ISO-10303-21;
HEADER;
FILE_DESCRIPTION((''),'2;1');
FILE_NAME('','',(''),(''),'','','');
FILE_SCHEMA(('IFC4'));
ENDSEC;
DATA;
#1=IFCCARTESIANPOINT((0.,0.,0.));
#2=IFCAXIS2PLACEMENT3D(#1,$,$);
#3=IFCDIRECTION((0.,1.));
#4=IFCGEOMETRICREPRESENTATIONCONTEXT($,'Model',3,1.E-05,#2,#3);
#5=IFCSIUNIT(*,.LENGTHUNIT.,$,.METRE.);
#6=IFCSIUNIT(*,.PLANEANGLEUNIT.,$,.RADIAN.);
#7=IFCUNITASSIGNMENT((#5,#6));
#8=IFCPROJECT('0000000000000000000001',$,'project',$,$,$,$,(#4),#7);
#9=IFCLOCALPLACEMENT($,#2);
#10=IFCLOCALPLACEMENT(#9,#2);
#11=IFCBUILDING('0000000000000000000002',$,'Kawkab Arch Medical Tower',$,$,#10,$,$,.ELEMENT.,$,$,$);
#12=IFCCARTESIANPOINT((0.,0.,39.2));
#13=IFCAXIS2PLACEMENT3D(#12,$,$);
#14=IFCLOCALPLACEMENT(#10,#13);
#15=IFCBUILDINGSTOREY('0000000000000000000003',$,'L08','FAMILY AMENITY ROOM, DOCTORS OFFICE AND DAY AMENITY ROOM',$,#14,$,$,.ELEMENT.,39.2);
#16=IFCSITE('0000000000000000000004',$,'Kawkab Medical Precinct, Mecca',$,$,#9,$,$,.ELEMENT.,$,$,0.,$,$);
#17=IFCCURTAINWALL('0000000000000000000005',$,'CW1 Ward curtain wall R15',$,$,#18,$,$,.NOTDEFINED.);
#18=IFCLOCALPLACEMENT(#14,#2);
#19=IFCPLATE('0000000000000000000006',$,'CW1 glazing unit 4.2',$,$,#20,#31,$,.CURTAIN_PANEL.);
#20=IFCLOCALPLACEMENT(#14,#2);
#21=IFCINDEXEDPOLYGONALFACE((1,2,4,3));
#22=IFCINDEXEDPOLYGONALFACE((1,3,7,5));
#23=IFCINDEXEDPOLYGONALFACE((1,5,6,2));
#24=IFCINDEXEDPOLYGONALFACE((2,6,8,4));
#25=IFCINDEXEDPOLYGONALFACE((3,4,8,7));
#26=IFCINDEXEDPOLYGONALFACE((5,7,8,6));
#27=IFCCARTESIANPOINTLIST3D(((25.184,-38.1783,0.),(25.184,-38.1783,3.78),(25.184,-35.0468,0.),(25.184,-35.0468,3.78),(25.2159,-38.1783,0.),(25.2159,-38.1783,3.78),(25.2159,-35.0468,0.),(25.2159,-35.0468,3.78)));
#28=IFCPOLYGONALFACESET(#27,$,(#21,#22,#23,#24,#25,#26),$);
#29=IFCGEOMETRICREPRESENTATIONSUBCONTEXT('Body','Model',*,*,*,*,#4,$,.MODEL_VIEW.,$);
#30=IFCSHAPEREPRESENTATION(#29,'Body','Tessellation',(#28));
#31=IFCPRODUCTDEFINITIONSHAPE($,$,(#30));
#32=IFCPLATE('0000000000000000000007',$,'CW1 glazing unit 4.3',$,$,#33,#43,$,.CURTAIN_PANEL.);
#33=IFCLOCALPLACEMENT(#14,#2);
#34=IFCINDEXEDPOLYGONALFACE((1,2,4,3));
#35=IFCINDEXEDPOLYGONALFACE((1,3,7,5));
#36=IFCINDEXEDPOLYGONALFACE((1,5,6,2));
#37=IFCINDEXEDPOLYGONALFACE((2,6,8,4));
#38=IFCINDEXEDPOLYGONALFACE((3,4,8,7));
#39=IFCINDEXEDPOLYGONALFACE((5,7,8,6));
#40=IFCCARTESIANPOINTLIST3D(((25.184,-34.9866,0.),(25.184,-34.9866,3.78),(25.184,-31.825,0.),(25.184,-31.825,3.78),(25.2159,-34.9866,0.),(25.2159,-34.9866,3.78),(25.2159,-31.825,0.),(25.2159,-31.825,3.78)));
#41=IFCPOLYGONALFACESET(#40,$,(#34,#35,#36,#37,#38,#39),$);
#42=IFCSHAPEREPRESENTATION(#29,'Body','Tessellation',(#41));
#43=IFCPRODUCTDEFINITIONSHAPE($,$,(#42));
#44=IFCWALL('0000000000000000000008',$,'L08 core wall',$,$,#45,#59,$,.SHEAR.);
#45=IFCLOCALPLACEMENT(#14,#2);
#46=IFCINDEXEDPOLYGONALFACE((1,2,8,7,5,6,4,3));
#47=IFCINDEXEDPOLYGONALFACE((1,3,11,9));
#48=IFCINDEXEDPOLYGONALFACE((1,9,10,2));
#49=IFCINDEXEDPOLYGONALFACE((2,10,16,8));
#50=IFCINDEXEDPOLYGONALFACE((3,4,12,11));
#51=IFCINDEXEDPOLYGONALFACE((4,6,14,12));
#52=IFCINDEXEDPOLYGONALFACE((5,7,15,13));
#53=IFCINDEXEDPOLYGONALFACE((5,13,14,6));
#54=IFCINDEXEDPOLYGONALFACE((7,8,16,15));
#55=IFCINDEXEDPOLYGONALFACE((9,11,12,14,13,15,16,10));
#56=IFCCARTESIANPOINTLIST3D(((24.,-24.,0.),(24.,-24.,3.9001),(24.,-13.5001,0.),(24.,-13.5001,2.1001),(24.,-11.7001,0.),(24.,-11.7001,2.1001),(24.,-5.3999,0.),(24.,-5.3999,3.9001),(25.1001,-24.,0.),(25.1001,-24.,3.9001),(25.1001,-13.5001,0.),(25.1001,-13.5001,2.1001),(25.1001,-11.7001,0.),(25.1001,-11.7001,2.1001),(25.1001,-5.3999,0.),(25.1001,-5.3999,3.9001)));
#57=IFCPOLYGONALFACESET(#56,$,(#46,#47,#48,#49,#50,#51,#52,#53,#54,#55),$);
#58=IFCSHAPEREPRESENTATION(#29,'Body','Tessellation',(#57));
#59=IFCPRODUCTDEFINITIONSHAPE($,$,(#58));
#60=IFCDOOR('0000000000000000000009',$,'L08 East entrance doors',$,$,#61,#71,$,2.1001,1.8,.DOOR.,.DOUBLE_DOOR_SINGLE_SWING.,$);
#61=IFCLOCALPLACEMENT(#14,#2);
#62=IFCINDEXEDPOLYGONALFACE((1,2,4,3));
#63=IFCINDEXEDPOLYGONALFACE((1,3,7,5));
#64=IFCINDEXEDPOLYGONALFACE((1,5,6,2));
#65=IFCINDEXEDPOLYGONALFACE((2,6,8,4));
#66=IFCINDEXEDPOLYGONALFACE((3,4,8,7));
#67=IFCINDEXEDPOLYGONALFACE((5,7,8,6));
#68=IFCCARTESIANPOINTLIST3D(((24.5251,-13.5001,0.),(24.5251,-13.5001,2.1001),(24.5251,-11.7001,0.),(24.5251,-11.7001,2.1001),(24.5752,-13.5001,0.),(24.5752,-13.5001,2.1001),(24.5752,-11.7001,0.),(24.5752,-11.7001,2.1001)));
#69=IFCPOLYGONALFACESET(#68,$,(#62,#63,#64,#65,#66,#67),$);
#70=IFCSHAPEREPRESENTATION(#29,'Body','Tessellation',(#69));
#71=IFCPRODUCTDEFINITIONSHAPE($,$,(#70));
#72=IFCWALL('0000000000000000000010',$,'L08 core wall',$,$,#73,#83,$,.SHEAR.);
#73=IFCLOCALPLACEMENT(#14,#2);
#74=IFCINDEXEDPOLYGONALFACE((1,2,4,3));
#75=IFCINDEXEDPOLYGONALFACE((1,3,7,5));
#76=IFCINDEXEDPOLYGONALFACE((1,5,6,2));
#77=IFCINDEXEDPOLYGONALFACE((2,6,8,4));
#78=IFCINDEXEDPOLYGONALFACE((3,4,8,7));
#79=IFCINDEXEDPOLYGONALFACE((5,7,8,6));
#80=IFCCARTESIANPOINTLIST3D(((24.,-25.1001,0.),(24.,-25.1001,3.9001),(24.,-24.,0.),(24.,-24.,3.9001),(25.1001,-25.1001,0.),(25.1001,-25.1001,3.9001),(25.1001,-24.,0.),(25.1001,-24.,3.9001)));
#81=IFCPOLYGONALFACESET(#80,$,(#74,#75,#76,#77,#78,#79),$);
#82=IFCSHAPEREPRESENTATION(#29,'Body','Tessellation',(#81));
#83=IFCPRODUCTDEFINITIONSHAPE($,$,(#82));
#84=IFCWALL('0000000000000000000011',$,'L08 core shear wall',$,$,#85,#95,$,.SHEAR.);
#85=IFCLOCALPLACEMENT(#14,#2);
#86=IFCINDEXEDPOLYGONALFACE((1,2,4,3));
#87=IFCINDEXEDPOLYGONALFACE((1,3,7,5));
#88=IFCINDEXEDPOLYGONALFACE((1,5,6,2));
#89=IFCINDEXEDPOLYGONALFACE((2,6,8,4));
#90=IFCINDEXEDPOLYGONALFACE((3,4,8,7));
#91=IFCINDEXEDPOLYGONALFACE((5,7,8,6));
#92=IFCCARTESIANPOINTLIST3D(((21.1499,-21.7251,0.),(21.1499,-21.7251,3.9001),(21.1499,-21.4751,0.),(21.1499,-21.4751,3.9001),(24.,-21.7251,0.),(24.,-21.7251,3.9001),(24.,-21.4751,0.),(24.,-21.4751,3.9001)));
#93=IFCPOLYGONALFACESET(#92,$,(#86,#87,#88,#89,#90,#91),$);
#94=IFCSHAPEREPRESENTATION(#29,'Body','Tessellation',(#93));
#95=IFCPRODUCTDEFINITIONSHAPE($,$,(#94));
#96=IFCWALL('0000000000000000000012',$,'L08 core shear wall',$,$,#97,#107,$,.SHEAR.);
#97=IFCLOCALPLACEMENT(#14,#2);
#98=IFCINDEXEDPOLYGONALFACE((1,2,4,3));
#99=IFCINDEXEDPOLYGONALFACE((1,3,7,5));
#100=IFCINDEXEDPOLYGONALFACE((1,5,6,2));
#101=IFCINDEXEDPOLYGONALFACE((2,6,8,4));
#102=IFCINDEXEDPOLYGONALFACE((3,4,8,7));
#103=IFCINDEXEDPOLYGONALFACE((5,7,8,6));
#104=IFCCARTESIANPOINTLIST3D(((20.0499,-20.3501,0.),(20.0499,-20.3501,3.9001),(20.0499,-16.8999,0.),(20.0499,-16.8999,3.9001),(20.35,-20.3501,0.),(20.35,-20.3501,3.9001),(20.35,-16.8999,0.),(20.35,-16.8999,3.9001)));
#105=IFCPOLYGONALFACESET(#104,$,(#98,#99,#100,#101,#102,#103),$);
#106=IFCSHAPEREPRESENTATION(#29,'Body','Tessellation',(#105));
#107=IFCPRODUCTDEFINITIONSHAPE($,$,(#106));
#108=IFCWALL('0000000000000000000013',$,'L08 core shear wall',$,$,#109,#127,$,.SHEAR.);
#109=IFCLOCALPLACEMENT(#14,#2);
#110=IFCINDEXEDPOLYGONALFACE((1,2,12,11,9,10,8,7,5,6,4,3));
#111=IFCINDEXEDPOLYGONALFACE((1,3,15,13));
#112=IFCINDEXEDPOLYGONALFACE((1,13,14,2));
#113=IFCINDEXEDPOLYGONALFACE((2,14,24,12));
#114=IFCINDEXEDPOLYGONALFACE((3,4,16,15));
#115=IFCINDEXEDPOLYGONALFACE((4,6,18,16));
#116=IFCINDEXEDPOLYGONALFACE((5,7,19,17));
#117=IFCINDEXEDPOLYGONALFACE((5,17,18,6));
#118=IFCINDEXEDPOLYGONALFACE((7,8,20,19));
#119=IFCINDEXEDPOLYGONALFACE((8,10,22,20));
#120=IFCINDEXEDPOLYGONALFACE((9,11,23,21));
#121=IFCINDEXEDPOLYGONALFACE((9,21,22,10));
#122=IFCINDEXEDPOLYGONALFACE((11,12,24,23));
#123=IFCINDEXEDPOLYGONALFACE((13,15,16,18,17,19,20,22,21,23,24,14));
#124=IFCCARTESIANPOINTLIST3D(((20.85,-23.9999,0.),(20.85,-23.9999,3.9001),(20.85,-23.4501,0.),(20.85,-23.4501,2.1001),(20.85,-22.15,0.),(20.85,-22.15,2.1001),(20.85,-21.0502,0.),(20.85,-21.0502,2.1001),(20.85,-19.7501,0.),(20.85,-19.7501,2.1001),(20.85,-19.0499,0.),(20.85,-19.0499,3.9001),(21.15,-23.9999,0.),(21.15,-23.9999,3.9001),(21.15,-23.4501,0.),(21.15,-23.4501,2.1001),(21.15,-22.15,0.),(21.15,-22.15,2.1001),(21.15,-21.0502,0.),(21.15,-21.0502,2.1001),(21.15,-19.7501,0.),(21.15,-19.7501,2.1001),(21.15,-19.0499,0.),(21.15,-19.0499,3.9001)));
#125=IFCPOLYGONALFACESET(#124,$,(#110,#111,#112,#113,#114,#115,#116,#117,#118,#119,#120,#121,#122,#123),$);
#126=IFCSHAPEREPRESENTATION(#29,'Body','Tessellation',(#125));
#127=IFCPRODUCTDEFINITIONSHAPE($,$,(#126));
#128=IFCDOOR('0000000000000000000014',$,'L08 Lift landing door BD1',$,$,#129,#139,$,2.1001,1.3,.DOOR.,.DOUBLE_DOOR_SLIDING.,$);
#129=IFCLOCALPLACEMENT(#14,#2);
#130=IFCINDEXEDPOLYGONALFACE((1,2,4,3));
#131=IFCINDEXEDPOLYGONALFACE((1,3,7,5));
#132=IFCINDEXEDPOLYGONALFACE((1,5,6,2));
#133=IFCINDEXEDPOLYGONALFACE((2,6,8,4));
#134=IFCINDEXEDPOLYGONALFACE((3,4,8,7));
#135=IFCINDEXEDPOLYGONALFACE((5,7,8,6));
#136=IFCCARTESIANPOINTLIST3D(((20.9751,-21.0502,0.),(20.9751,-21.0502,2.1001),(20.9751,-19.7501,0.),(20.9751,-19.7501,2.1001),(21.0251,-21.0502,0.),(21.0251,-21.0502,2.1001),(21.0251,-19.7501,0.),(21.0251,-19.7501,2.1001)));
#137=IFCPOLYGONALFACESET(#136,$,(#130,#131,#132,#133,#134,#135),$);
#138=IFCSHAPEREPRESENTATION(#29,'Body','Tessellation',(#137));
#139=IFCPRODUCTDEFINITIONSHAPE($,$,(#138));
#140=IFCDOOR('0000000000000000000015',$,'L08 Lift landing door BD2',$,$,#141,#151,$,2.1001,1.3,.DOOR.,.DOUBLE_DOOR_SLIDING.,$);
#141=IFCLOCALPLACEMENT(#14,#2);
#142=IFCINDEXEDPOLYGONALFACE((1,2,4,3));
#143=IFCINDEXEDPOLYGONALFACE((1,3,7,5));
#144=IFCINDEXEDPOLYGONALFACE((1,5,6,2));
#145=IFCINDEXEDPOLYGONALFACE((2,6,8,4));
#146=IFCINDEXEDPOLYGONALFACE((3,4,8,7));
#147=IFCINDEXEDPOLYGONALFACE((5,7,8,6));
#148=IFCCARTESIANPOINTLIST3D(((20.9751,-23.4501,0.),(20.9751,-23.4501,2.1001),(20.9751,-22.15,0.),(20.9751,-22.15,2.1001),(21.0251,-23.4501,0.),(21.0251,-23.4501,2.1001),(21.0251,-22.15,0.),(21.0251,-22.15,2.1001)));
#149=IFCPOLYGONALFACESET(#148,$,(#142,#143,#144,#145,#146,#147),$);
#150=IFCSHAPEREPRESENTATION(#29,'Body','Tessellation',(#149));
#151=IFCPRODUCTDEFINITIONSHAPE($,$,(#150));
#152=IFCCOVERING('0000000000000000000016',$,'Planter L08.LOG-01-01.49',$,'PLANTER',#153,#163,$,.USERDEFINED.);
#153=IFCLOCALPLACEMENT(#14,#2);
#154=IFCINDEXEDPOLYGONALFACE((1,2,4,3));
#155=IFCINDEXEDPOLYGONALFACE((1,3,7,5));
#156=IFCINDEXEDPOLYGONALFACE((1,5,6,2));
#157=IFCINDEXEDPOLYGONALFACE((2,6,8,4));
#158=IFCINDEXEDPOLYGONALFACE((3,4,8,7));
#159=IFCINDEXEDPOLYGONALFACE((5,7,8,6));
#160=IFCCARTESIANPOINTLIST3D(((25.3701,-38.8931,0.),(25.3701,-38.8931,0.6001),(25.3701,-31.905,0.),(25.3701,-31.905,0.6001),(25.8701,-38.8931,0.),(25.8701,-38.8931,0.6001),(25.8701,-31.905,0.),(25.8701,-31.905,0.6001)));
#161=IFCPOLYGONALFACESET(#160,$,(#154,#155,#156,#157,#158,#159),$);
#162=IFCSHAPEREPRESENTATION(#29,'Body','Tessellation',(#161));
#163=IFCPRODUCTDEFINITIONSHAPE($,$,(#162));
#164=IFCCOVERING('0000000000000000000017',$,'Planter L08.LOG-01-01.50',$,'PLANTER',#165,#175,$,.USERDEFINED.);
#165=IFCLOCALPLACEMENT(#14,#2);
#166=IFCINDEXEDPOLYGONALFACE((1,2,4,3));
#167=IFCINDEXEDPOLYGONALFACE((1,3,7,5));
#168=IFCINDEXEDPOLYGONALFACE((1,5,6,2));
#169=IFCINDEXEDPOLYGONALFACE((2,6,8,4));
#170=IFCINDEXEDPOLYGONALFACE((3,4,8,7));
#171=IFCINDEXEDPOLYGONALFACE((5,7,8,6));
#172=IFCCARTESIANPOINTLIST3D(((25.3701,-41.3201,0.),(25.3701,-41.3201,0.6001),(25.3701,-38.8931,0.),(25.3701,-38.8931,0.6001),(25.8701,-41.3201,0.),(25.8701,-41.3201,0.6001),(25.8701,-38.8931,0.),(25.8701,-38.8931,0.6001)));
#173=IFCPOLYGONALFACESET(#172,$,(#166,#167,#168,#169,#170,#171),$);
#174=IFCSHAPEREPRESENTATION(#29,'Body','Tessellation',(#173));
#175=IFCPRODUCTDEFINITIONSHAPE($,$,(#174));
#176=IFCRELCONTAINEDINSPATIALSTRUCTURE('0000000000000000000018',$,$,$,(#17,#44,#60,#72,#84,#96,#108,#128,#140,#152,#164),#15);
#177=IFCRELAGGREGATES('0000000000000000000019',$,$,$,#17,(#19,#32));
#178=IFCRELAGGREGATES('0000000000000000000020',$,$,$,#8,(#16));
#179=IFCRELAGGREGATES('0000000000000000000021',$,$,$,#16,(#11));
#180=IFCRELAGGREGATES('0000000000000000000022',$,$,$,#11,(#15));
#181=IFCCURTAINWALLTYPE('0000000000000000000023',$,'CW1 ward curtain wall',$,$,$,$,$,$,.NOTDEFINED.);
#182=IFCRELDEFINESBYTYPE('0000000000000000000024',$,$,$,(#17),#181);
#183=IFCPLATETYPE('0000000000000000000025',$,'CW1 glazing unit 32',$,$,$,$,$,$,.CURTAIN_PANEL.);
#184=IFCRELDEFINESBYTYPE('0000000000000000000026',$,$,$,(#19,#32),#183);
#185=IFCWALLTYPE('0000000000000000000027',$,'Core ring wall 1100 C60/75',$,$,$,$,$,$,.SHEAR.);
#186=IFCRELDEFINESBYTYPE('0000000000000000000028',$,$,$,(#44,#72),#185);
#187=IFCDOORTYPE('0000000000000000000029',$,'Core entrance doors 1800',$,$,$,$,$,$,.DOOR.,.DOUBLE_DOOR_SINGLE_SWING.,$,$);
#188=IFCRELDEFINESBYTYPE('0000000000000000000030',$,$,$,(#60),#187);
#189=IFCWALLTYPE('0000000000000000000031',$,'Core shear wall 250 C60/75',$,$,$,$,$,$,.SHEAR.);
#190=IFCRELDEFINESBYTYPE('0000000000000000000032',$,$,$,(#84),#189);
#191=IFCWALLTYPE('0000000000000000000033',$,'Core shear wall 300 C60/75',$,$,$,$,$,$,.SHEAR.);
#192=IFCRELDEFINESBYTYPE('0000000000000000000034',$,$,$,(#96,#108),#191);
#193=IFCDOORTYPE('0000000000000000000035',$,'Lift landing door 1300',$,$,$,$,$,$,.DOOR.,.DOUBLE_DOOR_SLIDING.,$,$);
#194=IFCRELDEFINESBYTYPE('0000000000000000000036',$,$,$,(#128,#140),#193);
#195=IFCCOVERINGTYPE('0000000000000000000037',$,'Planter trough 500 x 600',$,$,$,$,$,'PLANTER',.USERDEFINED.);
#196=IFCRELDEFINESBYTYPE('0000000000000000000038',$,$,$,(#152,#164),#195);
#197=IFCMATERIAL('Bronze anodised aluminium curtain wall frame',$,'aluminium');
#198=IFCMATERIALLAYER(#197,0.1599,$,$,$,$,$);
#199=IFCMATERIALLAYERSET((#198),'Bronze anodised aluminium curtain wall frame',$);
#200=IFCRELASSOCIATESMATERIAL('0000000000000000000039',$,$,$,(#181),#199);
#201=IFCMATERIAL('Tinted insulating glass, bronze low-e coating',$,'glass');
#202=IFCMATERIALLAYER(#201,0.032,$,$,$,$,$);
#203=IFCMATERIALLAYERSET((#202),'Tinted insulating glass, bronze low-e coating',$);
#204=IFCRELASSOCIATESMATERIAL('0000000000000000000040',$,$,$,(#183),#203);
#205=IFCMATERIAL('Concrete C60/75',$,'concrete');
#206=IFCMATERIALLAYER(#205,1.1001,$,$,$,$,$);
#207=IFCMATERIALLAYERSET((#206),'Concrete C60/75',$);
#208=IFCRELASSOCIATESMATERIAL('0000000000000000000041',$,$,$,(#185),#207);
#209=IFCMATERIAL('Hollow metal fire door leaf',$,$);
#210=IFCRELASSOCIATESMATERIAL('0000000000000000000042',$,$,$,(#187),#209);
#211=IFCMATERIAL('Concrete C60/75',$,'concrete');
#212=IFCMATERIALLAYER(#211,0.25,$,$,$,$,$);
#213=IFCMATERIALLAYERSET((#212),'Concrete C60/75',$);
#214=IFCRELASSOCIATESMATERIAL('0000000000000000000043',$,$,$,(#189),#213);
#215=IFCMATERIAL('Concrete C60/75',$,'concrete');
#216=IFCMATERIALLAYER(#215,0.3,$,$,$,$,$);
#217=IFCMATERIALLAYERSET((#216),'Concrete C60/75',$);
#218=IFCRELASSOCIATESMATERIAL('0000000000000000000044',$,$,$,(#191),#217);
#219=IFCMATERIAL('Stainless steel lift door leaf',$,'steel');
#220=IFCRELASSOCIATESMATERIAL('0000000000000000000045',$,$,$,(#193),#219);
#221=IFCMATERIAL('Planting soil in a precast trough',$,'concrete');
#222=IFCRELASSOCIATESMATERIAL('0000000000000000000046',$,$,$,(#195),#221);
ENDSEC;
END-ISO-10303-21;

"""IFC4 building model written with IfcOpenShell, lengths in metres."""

from ifc_helpers import new_model, si_unit, direction, frame, frame_2d, origin, origin_2d, place, context, subcontext, project, spatial, rectangle, extrude, material, layer, layer_set, material_profile, profile_set, type_object, element, fill, aggregate, save


model = new_model("IFC4")

# Units and contexts
model_context = context("Model", 3, precision=1e-05, world=origin(), true_north=direction((0.0, 1.0)))
body_context = subcontext(model_context, "Body", "Model", "MODEL_VIEW")
ifc_project = project(units=[si_unit("LENGTHUNIT", "METRE"), si_unit("PLANEANGLEUNIT", "RADIAN")], contexts=[model_context])

# Site, building, storey
site_placement = place(None, origin())
site = spatial("IfcSite", under=ifc_project, at=site_placement, Name="Kawkab Medical Precinct, Mecca", CompositionType="ELEMENT", RefElevation=0.0)
building_placement = place(site_placement, origin())
building = spatial("IfcBuilding", under=site, at=building_placement, Name="Kawkab Arch Medical Tower", CompositionType="ELEMENT")
storey_placement = place(building_placement, frame((0.0, 0.0, 39.2)))
storey = spatial("IfcBuildingStorey", under=building, at=storey_placement, Name="L08", Description="FAMILY AMENITY ROOM, DOCTORS OFFICE AND DAY AMENITY ROOM", CompositionType="ELEMENT", Elevation=39.2)

# Curtain wall
ifc_material_1 = material(Name="Bronze anodised aluminium curtain wall frame", Category="aluminium")
ifc_layer_1 = layer(ifc_material_1, 0.1599)
ifc_layer_set_1 = layer_set([ifc_layer_1], Name="Bronze anodised aluminium curtain wall frame")
curtain_wall_type_1 = type_object("IfcCurtainWallType", Name="CW1 ward curtain wall", PredefinedType="NOTDEFINED", material=ifc_layer_set_1)
placement = place(storey_placement, origin())
curtain_wall_1 = element("IfcCurtainWall", 1, at=placement, inside=storey, type_object=curtain_wall_type_1, Name="CW1 Ward curtain wall R15", PredefinedType="NOTDEFINED")

# Plates
ifc_material_2 = material(Name="Tinted insulating glass, bronze low-e coating", Category="glass")
ifc_layer_2 = layer(ifc_material_2, 0.032)
ifc_layer_set_2 = layer_set([ifc_layer_2], Name="Tinted insulating glass, bronze low-e coating")
plate_type = type_object("IfcPlateType", Name="CW1 glazing unit 32", PredefinedType="CURTAIN_PANEL", material=ifc_layer_set_2)
plate_1_placement = place(storey_placement, frame((25.2, -36.6125, 0.0), z_axis=(0.0, 0.0, 1.0), x_axis=(0.0, 1.0, 0.0)))
plate_1 = element("IfcPlate", 2, at=plate_1_placement, type_object=plate_type, Name="CW1 glazing unit 4.2", PredefinedType="CURTAIN_PANEL", context=body_context, shape_type="SweptSolid", body=[
    extrude(rectangle(XDim=3.1316, YDim=0.032, at=origin_2d()), origin(), (0.0, 0.0, 1.0), 3.78),
])
plate_2_placement = place(storey_placement, frame((25.2, -33.4058, 0.0), z_axis=(0.0, 0.0, 1.0), x_axis=(0.0, 1.0, 0.0)))
plate_2 = element("IfcPlate", 3, at=plate_2_placement, type_object=plate_type, Name="CW1 glazing unit 4.3", PredefinedType="CURTAIN_PANEL", context=body_context, shape_type="SweptSolid", body=[
    extrude(rectangle(XDim=3.1616, YDim=0.032, at=origin_2d()), origin(), (0.0, 0.0, 1.0), 3.78),
])
aggregate(curtain_wall_1, [plate_1, plate_2])

# Wall, opening, door
ifc_material_3 = material(Name="Concrete C60/75", Category="concrete")
ifc_layer_3 = layer(ifc_material_3, 1.1001)
ifc_layer_set_3 = layer_set([ifc_layer_3], Name="Concrete C60/75")
wall_type_1 = type_object("IfcWallType", Name="Core ring wall 1100 C60/75", PredefinedType="SHEAR", material=ifc_layer_set_3)
wall_1_placement = place(storey_placement, frame((24.55, -24.0, 0.0), z_axis=(0.0, 0.0, 1.0), x_axis=(0.0, 1.0, 0.0)))
wall_1 = element("IfcWall", 4, at=wall_1_placement, inside=storey, type_object=wall_type_1, Name="L08 core wall", PredefinedType="SHEAR", context=body_context, shape_type="SweptSolid", body=[
    extrude(rectangle(XDim=18.6001, YDim=1.1001, at=frame_2d((9.3, 0.0))), origin(), (0.0, 0.0, 1.0), 3.9001),
])
opening_1_placement = place(wall_1_placement, frame((10.5, 0.0, 0.0)))
opening_1 = element("IfcOpeningElement", 5, at=opening_1_placement, cuts=wall_1, PredefinedType="OPENING", context=body_context, shape_type="SweptSolid", body=[
    extrude(rectangle(XDim=1.8, YDim=2.1001, at=frame_2d((0.8999, 1.05))), frame((0.0, 0.5601, 0.0), z_axis=(0.0, -1.0, 0.0), x_axis=(1.0, 0.0, 0.0)), (0.0, 0.0, 1.0), 1.1201),
])
ifc_material_4 = material(Name="Hollow metal fire door leaf")
door_type_1 = type_object("IfcDoorType", Name="Core entrance doors 1800", OperationType="DOUBLE_DOOR_SINGLE_SWING", PredefinedType="DOOR", material=ifc_material_4)
door_1_placement = place(opening_1_placement, origin())
door_1 = element("IfcDoor", 6, at=door_1_placement, inside=storey, type_object=door_type_1, Name="L08 East entrance doors", OperationType="DOUBLE_DOOR_SINGLE_SWING", OverallHeight=2.1001, OverallWidth=1.8, PredefinedType="DOOR", context=body_context, shape_type="SweptSolid", body=[
    extrude(rectangle(XDim=1.8, YDim=2.1001, at=frame_2d((0.8999, 1.05))), frame((0.0, 0.0249, 0.0), z_axis=(0.0, -1.0, 0.0), x_axis=(1.0, 0.0, 0.0)), (0.0, 0.0, 1.0), 0.05),
])
fill(opening_1, door_1)

# Walls
wall_2_placement = place(storey_placement, frame((24.55, -25.1001, 0.0), z_axis=(0.0, 0.0, 1.0), x_axis=(0.0, 1.0, 0.0)))
element("IfcWall", 7, at=wall_2_placement, inside=storey, type_object=wall_type_1, Name="L08 core wall", PredefinedType="SHEAR", context=body_context, shape_type="SweptSolid", body=[
    extrude(rectangle(XDim=1.1001, YDim=1.1001, at=frame_2d((0.55, 0.0))), origin(), (0.0, 0.0, 1.0), 3.9001),
])
ifc_material_5 = material(Name="Concrete C60/75", Category="concrete")
ifc_layer_4 = layer(ifc_material_5, 0.25)
ifc_layer_set_4 = layer_set([ifc_layer_4], Name="Concrete C60/75")
wall_type_2 = type_object("IfcWallType", Name="Core shear wall 250 C60/75", PredefinedType="SHEAR", material=ifc_layer_set_4)
wall_3_placement = place(storey_placement, frame((21.1499, -21.6001, 0.0), z_axis=(0.0, 0.0, 1.0), x_axis=(1.0, 0.0, 0.0)))
element("IfcWall", 8, at=wall_3_placement, inside=storey, type_object=wall_type_2, Name="L08 core shear wall", PredefinedType="SHEAR", context=body_context, shape_type="SweptSolid", body=[
    extrude(rectangle(XDim=2.8501, YDim=0.25, at=frame_2d((1.425, 0.0))), origin(), (0.0, 0.0, 1.0), 3.9001),
])
ifc_material_6 = material(Name="Concrete C60/75", Category="concrete")
ifc_layer_5 = layer(ifc_material_6, 0.3)
ifc_layer_set_5 = layer_set([ifc_layer_5], Name="Concrete C60/75")
wall_type_3 = type_object("IfcWallType", Name="Core shear wall 300 C60/75", PredefinedType="SHEAR", material=ifc_layer_set_5)
wall_4_placement = place(storey_placement, frame((20.2, -20.3501, 0.0), z_axis=(0.0, 0.0, 1.0), x_axis=(0.0, 1.0, 0.0)))
element("IfcWall", 9, at=wall_4_placement, inside=storey, type_object=wall_type_3, Name="L08 core shear wall", PredefinedType="SHEAR", context=body_context, shape_type="SweptSolid", body=[
    extrude(rectangle(XDim=3.4502, YDim=0.3, at=frame_2d((1.7251, 0.0))), origin(), (0.0, 0.0, 1.0), 3.9001),
])

# Wall, openings, doors
wall_5_placement = place(storey_placement, frame((21.0, -24.0, 0.0), z_axis=(0.0, 0.0, 1.0), x_axis=(0.0, 1.0, 0.0)))
wall_5 = element("IfcWall", 10, at=wall_5_placement, inside=storey, type_object=wall_type_3, Name="L08 core shear wall", PredefinedType="SHEAR", context=body_context, shape_type="SweptSolid", body=[
    extrude(rectangle(XDim=4.95, YDim=0.3, at=frame_2d((2.4751, 0.0))), origin(), (0.0, 0.0, 1.0), 3.9001),
])
opening_2_placement = place(wall_5_placement, frame((2.95, 0.0, 0.0)))
opening_2 = element("IfcOpeningElement", 11, at=opening_2_placement, cuts=wall_5, PredefinedType="OPENING", context=body_context, shape_type="SweptSolid", body=[
    extrude(rectangle(XDim=1.3, YDim=2.1001, at=frame_2d((0.6499, 1.05))), frame((0.0, 0.1599, 0.0), z_axis=(0.0, -1.0, 0.0), x_axis=(1.0, 0.0, 0.0)), (0.0, 0.0, 1.0), 0.3201),
])
opening_3_placement = place(wall_5_placement, frame((0.55, 0.0, 0.0)))
opening_3 = element("IfcOpeningElement", 12, at=opening_3_placement, cuts=wall_5, PredefinedType="OPENING", context=body_context, shape_type="SweptSolid", body=[
    extrude(rectangle(XDim=1.3, YDim=2.1001, at=frame_2d((0.6499, 1.05))), frame((0.0, 0.1599, 0.0), z_axis=(0.0, -1.0, 0.0), x_axis=(1.0, 0.0, 0.0)), (0.0, 0.0, 1.0), 0.3201),
])
ifc_material_7 = material(Name="Stainless steel lift door leaf", Category="steel")
door_type_2 = type_object("IfcDoorType", Name="Lift landing door 1300", OperationType="DOUBLE_DOOR_SLIDING", PredefinedType="DOOR", material=ifc_material_7)
door_2_placement = place(opening_2_placement, origin())
door_2 = element("IfcDoor", 13, at=door_2_placement, inside=storey, type_object=door_type_2, Name="L08 Lift landing door BD1", OperationType="DOUBLE_DOOR_SLIDING", OverallHeight=2.1001, OverallWidth=1.3, PredefinedType="DOOR", context=body_context, shape_type="SweptSolid", body=[
    extrude(rectangle(XDim=1.3, YDim=2.1001, at=frame_2d((0.6499, 1.05))), frame((0.0, 0.0249, 0.0), z_axis=(0.0, -1.0, 0.0), x_axis=(1.0, 0.0, 0.0)), (0.0, 0.0, 1.0), 0.05),
])
fill(opening_2, door_2)
door_3_placement = place(opening_3_placement, origin())
door_3 = element("IfcDoor", 14, at=door_3_placement, inside=storey, type_object=door_type_2, Name="L08 Lift landing door BD2", OperationType="DOUBLE_DOOR_SLIDING", OverallHeight=2.1001, OverallWidth=1.3, PredefinedType="DOOR", context=body_context, shape_type="SweptSolid", body=[
    extrude(rectangle(XDim=1.3, YDim=2.1001, at=frame_2d((0.6499, 1.05))), frame((0.0, 0.0249, 0.0), z_axis=(0.0, -1.0, 0.0), x_axis=(1.0, 0.0, 0.0)), (0.0, 0.0, 1.0), 0.05),
])
fill(opening_3, door_3)

# Coverings
ifc_material_8 = material(Name="Planting soil in a precast trough", Category="concrete")
ifc_material_profile_1 = material_profile(ifc_material_8, rectangle(XDim=0.5, YDim=0.6001, at=origin_2d()), Name="Trough 500x600")
ifc_profile_set_1 = profile_set([ifc_material_profile_1], Name="Planting soil in a precast trough")
covering_type = type_object("IfcCoveringType", Name="Planter trough 500 x 600", ElementType="PLANTER", PredefinedType="USERDEFINED", material=ifc_profile_set_1)
covering_1_placement = place(storey_placement, frame((25.6201, -31.905, 0.3), z_axis=(0.0, -1.0, 0.0), x_axis=(1.0, 0.0, 0.0)))
element("IfcCovering", 15, at=covering_1_placement, inside=storey, type_object=covering_type, Name="Planter L08.LOG-01-01.49", ObjectType="PLANTER", PredefinedType="USERDEFINED", context=body_context, shape_type="SweptSolid", body=[
    extrude(rectangle(XDim=0.5, YDim=0.6001, at=origin_2d()), origin(), (0.0, 0.0, 1.0), 6.988),
])
covering_2_placement = place(storey_placement, frame((25.6201, -38.8931, 0.3), z_axis=(0.0, -1.0, 0.0), x_axis=(1.0, 0.0, 0.0)))
element("IfcCovering", 16, at=covering_2_placement, inside=storey, type_object=covering_type, Name="Planter L08.LOG-01-01.50", ObjectType="PLANTER", PredefinedType="USERDEFINED", context=body_context, shape_type="SweptSolid", body=[
    extrude(rectangle(XDim=0.5, YDim=0.6001, at=origin_2d()), origin(), (0.0, 0.0, 1.0), 2.427),
])

save(model, "model.ifc")
